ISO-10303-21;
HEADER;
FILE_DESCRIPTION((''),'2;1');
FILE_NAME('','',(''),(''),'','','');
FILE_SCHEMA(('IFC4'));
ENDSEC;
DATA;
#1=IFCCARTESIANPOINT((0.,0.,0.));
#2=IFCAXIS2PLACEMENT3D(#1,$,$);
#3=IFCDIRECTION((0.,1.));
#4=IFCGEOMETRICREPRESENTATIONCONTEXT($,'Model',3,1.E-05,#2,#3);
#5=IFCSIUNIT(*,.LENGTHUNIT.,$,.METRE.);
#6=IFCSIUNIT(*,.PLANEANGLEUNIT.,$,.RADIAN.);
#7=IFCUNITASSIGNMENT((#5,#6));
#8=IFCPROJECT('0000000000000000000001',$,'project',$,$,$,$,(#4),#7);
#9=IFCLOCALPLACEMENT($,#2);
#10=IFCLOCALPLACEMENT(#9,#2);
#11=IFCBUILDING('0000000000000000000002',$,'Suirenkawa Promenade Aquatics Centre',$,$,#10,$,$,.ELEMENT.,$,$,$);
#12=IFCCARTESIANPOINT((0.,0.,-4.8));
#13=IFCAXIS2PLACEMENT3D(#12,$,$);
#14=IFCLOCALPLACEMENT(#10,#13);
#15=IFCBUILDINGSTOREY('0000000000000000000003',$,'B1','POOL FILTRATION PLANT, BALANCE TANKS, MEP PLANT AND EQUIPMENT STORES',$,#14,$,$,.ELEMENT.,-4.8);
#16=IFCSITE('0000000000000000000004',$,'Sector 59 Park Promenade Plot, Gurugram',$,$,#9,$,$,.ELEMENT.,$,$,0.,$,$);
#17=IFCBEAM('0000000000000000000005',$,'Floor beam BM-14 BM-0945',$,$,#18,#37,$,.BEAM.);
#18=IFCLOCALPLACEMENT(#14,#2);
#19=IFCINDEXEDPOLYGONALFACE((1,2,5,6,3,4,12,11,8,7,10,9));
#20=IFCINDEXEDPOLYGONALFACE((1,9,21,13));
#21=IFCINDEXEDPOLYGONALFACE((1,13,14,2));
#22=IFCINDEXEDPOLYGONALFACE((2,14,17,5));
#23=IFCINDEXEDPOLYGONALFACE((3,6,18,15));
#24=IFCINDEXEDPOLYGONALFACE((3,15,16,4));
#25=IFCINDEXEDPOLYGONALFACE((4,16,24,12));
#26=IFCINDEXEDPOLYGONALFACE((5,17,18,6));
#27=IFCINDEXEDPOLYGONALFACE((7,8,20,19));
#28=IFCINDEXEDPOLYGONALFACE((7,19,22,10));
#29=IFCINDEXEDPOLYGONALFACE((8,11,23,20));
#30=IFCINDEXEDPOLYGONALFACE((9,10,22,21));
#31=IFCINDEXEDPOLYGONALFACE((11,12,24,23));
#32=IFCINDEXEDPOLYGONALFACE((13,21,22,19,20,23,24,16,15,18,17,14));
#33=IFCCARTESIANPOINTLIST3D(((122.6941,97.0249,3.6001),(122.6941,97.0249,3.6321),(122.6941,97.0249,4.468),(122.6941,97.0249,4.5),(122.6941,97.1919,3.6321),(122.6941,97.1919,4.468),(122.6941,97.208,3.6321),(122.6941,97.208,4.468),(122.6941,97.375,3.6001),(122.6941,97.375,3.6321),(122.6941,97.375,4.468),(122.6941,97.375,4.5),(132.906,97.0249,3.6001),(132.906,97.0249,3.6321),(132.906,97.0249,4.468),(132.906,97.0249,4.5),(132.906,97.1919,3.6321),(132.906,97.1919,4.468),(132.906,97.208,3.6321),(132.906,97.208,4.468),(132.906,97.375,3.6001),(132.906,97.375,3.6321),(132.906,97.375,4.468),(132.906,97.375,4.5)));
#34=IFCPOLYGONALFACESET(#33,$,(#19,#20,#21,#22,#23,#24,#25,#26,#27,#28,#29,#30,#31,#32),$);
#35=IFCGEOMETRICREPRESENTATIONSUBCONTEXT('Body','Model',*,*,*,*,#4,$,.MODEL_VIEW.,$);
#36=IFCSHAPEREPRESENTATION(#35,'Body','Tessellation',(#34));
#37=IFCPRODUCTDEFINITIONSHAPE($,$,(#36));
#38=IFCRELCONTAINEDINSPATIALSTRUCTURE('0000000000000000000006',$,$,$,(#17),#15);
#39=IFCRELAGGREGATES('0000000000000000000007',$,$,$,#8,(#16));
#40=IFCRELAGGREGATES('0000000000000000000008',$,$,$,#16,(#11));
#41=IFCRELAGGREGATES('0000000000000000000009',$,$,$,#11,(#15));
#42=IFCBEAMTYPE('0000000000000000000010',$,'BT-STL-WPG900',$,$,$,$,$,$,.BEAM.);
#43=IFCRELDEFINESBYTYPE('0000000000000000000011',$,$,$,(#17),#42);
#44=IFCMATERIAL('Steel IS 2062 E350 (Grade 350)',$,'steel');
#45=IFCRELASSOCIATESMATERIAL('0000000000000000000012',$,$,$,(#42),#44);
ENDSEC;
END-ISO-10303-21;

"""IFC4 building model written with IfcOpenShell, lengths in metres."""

from ifc_helpers import new_model, si_unit, direction, frame, origin, origin_2d, place, context, subcontext, project, spatial, i_section, extrude, material, material_profile, profile_set, type_object, element, save


model = new_model("IFC4")

# Units and contexts
model_context = context("Model", 3, precision=1e-05, world=origin(), true_north=direction((0.0, 1.0)))
body_context = subcontext(model_context, "Body", "Model", "MODEL_VIEW")
ifc_project = project(units=[si_unit("LENGTHUNIT", "METRE"), si_unit("PLANEANGLEUNIT", "RADIAN")], contexts=[model_context])

# Site, building, storey
site_placement = place(None, origin())
site = spatial("IfcSite", under=ifc_project, at=site_placement, Name="Sector 59 Park Promenade Plot, Gurugram", CompositionType="ELEMENT", RefElevation=0.0)
building_placement = place(site_placement, origin())
building = spatial("IfcBuilding", under=site, at=building_placement, Name="Suirenkawa Promenade Aquatics Centre", CompositionType="ELEMENT")
storey_placement = place(building_placement, frame((0.0, 0.0, -4.8)))
storey = spatial("IfcBuildingStorey", under=building, at=storey_placement, Name="B1", Description="POOL FILTRATION PLANT, BALANCE TANKS, MEP PLANT AND EQUIPMENT STORES", CompositionType="ELEMENT", Elevation=-4.8)

# Beam
ifc_material_1 = material(Name="Steel IS 2062 E350 (Grade 350)", Category="steel")
ifc_material_profile_1 = material_profile(ifc_material_1, i_section(OverallWidth=0.3501, OverallDepth=0.8999, WebThickness=0.0161, FlangeThickness=0.032, at=origin_2d()), Name="WPG 900x350", Category="steel")
ifc_profile_set_1 = profile_set([ifc_material_profile_1], Name="Steel IS 2062 E350 (Grade 350)")
beam_type_1 = type_object("IfcBeamType", Name="BT-STL-WPG900", PredefinedType="BEAM", material=ifc_profile_set_1)
beam_1_placement = place(storey_placement, frame((122.6941, 97.2, 4.05), z_axis=(1.0, 0.0, 0.0), x_axis=(0.0, 1.0, 0.0)))
element("IfcBeam", 1, at=beam_1_placement, inside=storey, type_object=beam_type_1, Name="Floor beam BM-14 BM-0945", PredefinedType="BEAM", context=body_context, shape_type="SweptSolid", body=[
    extrude(i_section(OverallWidth=0.3501, OverallDepth=0.8999, WebThickness=0.0161, FlangeThickness=0.032, at=origin_2d()), origin(), (0.0, 0.0, 1.0), 10.2119),
])

save(model, "model.ifc")
